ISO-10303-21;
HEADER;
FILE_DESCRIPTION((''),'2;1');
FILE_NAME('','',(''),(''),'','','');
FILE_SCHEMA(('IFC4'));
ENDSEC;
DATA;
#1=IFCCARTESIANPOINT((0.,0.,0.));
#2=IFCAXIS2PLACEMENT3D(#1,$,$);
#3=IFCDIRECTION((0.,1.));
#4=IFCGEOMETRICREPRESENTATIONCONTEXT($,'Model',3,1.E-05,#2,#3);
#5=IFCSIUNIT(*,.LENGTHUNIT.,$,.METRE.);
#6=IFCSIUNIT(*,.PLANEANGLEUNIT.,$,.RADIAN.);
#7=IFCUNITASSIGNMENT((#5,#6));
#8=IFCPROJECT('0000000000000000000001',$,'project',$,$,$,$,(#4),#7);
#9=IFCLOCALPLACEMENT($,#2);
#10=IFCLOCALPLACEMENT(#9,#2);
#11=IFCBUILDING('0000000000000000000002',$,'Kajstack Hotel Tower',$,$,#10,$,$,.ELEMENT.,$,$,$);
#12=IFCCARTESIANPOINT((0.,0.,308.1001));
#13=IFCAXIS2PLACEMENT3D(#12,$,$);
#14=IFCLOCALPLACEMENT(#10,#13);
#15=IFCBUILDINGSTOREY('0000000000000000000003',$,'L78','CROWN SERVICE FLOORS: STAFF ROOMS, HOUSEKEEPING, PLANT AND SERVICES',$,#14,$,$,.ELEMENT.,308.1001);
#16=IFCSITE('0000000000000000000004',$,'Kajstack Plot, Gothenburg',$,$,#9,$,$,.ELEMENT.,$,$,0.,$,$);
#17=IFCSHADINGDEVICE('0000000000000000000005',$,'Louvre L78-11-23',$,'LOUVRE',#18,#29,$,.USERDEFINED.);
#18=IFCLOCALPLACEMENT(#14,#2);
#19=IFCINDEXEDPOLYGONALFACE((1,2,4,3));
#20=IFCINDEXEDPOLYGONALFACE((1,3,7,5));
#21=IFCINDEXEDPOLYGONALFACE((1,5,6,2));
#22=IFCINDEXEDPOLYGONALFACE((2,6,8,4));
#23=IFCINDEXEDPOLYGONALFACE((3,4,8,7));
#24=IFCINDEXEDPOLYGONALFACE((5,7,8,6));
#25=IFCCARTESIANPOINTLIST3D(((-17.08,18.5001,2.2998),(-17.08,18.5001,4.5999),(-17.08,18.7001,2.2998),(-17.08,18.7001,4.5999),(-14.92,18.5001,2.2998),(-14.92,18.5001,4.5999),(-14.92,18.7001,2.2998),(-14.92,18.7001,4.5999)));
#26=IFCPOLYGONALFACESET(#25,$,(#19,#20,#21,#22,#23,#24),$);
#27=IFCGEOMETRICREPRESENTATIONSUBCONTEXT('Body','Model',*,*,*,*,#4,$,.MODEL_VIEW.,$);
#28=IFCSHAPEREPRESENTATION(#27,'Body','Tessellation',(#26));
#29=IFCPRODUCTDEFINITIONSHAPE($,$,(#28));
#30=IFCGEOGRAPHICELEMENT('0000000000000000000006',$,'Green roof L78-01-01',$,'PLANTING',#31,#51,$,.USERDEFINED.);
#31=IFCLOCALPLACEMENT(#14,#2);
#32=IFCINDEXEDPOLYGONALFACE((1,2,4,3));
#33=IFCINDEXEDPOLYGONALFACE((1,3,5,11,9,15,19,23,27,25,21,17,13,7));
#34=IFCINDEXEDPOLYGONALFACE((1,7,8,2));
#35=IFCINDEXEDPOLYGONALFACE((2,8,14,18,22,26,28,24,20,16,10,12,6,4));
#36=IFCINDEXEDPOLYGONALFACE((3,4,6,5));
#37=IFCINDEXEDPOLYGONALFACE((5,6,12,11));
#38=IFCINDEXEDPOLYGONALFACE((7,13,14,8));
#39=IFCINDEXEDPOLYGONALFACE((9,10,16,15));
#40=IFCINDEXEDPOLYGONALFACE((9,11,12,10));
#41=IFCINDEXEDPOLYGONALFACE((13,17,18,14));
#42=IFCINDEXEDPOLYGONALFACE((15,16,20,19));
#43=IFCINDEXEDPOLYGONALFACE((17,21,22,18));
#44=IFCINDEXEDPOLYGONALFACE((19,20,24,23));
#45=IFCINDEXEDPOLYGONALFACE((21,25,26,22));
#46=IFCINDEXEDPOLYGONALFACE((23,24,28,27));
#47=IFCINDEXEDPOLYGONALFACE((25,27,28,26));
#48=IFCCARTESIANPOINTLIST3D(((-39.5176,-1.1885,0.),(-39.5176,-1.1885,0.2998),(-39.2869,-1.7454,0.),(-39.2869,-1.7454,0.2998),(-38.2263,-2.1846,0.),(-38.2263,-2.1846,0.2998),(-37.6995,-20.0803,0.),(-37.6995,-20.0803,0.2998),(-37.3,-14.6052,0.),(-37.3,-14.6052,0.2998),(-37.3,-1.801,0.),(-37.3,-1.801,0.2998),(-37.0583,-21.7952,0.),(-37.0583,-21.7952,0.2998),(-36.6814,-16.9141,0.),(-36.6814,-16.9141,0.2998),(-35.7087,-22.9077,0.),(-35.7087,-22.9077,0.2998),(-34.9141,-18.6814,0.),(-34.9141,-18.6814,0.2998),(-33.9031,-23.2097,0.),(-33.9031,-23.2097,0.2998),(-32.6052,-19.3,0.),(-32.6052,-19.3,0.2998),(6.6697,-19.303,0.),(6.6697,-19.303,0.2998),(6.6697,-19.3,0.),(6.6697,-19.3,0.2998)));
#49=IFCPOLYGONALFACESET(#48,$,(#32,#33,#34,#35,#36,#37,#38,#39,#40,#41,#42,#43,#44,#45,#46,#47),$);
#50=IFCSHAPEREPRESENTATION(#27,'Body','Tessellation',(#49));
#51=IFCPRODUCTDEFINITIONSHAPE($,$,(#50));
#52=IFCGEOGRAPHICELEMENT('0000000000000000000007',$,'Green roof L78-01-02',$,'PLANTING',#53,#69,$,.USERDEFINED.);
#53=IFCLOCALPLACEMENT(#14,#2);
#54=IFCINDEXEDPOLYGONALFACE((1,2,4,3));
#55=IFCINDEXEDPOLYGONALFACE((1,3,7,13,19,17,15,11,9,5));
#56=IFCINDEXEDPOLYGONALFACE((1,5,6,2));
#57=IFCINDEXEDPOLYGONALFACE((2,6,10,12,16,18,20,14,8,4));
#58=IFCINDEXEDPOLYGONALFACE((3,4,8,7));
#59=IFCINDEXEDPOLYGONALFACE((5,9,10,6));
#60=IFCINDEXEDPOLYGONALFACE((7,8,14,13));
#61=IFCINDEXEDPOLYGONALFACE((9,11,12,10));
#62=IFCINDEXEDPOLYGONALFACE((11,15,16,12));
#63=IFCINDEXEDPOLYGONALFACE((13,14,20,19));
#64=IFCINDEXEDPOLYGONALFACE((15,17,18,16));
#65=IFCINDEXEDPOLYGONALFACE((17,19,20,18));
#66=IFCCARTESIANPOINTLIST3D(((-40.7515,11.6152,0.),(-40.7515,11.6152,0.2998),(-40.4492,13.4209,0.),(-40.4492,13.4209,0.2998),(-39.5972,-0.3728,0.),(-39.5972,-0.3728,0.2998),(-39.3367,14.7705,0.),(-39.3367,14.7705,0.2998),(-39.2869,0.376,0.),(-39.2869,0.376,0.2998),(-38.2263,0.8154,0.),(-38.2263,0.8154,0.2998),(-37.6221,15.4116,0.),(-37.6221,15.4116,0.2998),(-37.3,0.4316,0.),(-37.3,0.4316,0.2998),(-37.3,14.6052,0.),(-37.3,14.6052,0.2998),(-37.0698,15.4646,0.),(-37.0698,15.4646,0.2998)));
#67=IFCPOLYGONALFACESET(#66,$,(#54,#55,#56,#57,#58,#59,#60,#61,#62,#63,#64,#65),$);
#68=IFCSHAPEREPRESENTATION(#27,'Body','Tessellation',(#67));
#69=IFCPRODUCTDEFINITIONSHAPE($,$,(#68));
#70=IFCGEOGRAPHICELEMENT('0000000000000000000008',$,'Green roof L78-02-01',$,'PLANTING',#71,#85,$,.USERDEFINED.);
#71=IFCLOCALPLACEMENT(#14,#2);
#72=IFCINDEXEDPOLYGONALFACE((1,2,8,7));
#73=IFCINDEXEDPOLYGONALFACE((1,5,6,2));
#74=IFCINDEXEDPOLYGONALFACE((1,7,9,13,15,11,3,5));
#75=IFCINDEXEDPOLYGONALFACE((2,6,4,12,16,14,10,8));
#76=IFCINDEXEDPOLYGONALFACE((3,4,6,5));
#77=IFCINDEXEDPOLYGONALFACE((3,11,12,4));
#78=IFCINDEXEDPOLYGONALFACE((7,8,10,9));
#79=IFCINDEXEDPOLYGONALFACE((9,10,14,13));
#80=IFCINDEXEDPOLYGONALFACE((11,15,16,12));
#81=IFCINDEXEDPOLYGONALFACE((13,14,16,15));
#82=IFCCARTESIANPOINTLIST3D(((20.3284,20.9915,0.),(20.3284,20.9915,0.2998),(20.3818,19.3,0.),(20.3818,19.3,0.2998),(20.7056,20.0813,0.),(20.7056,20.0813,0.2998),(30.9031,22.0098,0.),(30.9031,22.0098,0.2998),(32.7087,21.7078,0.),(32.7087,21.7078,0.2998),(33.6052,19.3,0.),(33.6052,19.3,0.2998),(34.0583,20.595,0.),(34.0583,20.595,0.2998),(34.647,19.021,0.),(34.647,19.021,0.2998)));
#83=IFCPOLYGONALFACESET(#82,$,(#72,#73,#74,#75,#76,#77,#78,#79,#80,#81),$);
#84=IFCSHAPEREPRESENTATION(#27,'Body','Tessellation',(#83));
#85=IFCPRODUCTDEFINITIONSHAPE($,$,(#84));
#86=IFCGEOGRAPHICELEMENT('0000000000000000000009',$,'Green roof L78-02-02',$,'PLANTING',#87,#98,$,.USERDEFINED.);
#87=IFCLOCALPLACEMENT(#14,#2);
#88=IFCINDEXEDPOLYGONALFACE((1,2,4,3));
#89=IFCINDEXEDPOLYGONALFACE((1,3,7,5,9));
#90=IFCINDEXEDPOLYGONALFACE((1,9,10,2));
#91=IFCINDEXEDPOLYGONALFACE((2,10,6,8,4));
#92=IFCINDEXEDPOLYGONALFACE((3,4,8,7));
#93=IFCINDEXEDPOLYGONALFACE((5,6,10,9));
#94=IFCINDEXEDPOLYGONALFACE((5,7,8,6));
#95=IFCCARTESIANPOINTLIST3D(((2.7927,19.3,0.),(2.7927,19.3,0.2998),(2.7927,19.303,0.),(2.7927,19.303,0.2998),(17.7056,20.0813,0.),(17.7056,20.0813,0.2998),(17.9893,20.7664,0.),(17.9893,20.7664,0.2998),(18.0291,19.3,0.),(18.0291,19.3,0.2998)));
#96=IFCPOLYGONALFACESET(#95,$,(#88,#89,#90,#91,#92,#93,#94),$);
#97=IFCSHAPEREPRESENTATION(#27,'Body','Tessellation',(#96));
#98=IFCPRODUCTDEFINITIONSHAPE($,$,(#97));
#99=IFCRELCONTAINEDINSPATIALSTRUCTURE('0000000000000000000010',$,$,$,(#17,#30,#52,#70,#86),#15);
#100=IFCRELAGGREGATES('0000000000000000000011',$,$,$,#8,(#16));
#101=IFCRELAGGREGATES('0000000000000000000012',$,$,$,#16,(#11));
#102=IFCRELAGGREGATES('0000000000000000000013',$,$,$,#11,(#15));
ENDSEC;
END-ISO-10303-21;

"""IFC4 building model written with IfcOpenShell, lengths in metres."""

from ifc_helpers import new_model, si_unit, direction, frame, origin, origin_2d, place, context, subcontext, project, spatial, polyline, rectangle, outline, extrude, element, save


model = new_model("IFC4")

# Units and contexts
model_context = context("Model", 3, precision=1e-05, world=origin(), true_north=direction((0.0, 1.0)))
body_context = subcontext(model_context, "Body", "Model", "MODEL_VIEW")
ifc_project = project(units=[si_unit("LENGTHUNIT", "METRE"), si_unit("PLANEANGLEUNIT", "RADIAN")], contexts=[model_context])

# Site, building, storey
site_placement = place(None, origin())
site = spatial("IfcSite", under=ifc_project, at=site_placement, Name="Kajstack Plot, Gothenburg", CompositionType="ELEMENT", RefElevation=0.0)
building_placement = place(site_placement, origin())
building = spatial("IfcBuilding", under=site, at=building_placement, Name="Kajstack Hotel Tower", CompositionType="ELEMENT")
storey_placement = place(building_placement, frame((0.0, 0.0, 308.1001)))
storey = spatial("IfcBuildingStorey", under=building, at=storey_placement, Name="L78", Description="CROWN SERVICE FLOORS: STAFF ROOMS, HOUSEKEEPING, PLANT AND SERVICES", CompositionType="ELEMENT", Elevation=308.1001)

# Shading device
for number, where, z_axis, x_axis, name in (
    (1, (-16.0, 18.6001, 2.2998), (0.0, 0.0, 1.0), (-1.0, 0.0, 0.0), "Louvre L78-11-23"),
):
    element("IfcShadingDevice", number, at=place(storey_placement, frame(where, z_axis=z_axis, x_axis=x_axis)), inside=storey, Name=name, ObjectType="LOUVRE", PredefinedType="USERDEFINED", context=body_context, shape_type="SweptSolid", body=[
        extrude(rectangle(XDim=2.1599, YDim=0.2, at=origin_2d()), origin(), (0.0, 0.0, 1.0), 2.3),
    ])

# Geographic elements
geographic_element_1_placement = place(storey_placement, origin())
element("IfcGeographicElement", 2, at=geographic_element_1_placement, inside=storey, Name="Green roof L78-01-01", ObjectType="PLANTING", PredefinedType="USERDEFINED", context=body_context, shape_type="SweptSolid", body=[
    extrude(outline(polyline([(-33.9031, -23.2097), (6.6697, -19.303), (6.6697, -19.3), (-32.6052, -19.3), (-34.9141, -18.6814), (-36.6814, -16.9141), (-37.3, -14.6052), (-37.3, -1.801), (-38.2263, -2.1846), (-39.2869, -1.7454), (-39.5176, -1.1885), (-37.6995, -20.0803), (-37.0583, -21.7952), (-35.7087, -22.9077), (-33.9031, -23.2097)])), origin(), (0.0, 0.0, 1.0), 0.2998),
])
geographic_element_2_placement = place(storey_placement, origin())
element("IfcGeographicElement", 3, at=geographic_element_2_placement, inside=storey, Name="Green roof L78-01-02", ObjectType="PLANTING", PredefinedType="USERDEFINED", context=body_context, shape_type="SweptSolid", body=[
    extrude(outline(polyline([(-39.5972, -0.3728), (-39.2869, 0.376), (-38.2263, 0.8154), (-37.3, 0.4316), (-37.3, 14.6052), (-37.0698, 15.4646), (-37.6221, 15.4116), (-39.3367, 14.7705), (-40.4492, 13.4209), (-40.7515, 11.6152), (-39.5972, -0.3728)])), origin(), (0.0, 0.0, 1.0), 0.2998),
])
geographic_element_3_placement = place(storey_placement, origin())
element("IfcGeographicElement", 4, at=geographic_element_3_placement, inside=storey, Name="Green roof L78-02-01", ObjectType="PLANTING", PredefinedType="USERDEFINED", context=body_context, shape_type="SweptSolid", body=[
    extrude(outline(polyline([(32.7087, 21.7078), (30.9031, 22.0098), (20.3284, 20.9915), (20.7056, 20.0813), (20.3818, 19.3), (33.6052, 19.3), (34.647, 19.021), (34.0583, 20.595), (32.7087, 21.7078)])), origin(), (0.0, 0.0, 1.0), 0.2998),
])
geographic_element_4_placement = place(storey_placement, origin())
element("IfcGeographicElement", 5, at=geographic_element_4_placement, inside=storey, Name="Green roof L78-02-02", ObjectType="PLANTING", PredefinedType="USERDEFINED", context=body_context, shape_type="SweptSolid", body=[
    extrude(outline(polyline([(18.0291, 19.3), (17.7056, 20.0813), (17.9893, 20.7664), (2.7927, 19.303), (2.7927, 19.3), (18.0291, 19.3)])), origin(), (0.0, 0.0, 1.0), 0.2998),
])

save(model, "model.ifc")
